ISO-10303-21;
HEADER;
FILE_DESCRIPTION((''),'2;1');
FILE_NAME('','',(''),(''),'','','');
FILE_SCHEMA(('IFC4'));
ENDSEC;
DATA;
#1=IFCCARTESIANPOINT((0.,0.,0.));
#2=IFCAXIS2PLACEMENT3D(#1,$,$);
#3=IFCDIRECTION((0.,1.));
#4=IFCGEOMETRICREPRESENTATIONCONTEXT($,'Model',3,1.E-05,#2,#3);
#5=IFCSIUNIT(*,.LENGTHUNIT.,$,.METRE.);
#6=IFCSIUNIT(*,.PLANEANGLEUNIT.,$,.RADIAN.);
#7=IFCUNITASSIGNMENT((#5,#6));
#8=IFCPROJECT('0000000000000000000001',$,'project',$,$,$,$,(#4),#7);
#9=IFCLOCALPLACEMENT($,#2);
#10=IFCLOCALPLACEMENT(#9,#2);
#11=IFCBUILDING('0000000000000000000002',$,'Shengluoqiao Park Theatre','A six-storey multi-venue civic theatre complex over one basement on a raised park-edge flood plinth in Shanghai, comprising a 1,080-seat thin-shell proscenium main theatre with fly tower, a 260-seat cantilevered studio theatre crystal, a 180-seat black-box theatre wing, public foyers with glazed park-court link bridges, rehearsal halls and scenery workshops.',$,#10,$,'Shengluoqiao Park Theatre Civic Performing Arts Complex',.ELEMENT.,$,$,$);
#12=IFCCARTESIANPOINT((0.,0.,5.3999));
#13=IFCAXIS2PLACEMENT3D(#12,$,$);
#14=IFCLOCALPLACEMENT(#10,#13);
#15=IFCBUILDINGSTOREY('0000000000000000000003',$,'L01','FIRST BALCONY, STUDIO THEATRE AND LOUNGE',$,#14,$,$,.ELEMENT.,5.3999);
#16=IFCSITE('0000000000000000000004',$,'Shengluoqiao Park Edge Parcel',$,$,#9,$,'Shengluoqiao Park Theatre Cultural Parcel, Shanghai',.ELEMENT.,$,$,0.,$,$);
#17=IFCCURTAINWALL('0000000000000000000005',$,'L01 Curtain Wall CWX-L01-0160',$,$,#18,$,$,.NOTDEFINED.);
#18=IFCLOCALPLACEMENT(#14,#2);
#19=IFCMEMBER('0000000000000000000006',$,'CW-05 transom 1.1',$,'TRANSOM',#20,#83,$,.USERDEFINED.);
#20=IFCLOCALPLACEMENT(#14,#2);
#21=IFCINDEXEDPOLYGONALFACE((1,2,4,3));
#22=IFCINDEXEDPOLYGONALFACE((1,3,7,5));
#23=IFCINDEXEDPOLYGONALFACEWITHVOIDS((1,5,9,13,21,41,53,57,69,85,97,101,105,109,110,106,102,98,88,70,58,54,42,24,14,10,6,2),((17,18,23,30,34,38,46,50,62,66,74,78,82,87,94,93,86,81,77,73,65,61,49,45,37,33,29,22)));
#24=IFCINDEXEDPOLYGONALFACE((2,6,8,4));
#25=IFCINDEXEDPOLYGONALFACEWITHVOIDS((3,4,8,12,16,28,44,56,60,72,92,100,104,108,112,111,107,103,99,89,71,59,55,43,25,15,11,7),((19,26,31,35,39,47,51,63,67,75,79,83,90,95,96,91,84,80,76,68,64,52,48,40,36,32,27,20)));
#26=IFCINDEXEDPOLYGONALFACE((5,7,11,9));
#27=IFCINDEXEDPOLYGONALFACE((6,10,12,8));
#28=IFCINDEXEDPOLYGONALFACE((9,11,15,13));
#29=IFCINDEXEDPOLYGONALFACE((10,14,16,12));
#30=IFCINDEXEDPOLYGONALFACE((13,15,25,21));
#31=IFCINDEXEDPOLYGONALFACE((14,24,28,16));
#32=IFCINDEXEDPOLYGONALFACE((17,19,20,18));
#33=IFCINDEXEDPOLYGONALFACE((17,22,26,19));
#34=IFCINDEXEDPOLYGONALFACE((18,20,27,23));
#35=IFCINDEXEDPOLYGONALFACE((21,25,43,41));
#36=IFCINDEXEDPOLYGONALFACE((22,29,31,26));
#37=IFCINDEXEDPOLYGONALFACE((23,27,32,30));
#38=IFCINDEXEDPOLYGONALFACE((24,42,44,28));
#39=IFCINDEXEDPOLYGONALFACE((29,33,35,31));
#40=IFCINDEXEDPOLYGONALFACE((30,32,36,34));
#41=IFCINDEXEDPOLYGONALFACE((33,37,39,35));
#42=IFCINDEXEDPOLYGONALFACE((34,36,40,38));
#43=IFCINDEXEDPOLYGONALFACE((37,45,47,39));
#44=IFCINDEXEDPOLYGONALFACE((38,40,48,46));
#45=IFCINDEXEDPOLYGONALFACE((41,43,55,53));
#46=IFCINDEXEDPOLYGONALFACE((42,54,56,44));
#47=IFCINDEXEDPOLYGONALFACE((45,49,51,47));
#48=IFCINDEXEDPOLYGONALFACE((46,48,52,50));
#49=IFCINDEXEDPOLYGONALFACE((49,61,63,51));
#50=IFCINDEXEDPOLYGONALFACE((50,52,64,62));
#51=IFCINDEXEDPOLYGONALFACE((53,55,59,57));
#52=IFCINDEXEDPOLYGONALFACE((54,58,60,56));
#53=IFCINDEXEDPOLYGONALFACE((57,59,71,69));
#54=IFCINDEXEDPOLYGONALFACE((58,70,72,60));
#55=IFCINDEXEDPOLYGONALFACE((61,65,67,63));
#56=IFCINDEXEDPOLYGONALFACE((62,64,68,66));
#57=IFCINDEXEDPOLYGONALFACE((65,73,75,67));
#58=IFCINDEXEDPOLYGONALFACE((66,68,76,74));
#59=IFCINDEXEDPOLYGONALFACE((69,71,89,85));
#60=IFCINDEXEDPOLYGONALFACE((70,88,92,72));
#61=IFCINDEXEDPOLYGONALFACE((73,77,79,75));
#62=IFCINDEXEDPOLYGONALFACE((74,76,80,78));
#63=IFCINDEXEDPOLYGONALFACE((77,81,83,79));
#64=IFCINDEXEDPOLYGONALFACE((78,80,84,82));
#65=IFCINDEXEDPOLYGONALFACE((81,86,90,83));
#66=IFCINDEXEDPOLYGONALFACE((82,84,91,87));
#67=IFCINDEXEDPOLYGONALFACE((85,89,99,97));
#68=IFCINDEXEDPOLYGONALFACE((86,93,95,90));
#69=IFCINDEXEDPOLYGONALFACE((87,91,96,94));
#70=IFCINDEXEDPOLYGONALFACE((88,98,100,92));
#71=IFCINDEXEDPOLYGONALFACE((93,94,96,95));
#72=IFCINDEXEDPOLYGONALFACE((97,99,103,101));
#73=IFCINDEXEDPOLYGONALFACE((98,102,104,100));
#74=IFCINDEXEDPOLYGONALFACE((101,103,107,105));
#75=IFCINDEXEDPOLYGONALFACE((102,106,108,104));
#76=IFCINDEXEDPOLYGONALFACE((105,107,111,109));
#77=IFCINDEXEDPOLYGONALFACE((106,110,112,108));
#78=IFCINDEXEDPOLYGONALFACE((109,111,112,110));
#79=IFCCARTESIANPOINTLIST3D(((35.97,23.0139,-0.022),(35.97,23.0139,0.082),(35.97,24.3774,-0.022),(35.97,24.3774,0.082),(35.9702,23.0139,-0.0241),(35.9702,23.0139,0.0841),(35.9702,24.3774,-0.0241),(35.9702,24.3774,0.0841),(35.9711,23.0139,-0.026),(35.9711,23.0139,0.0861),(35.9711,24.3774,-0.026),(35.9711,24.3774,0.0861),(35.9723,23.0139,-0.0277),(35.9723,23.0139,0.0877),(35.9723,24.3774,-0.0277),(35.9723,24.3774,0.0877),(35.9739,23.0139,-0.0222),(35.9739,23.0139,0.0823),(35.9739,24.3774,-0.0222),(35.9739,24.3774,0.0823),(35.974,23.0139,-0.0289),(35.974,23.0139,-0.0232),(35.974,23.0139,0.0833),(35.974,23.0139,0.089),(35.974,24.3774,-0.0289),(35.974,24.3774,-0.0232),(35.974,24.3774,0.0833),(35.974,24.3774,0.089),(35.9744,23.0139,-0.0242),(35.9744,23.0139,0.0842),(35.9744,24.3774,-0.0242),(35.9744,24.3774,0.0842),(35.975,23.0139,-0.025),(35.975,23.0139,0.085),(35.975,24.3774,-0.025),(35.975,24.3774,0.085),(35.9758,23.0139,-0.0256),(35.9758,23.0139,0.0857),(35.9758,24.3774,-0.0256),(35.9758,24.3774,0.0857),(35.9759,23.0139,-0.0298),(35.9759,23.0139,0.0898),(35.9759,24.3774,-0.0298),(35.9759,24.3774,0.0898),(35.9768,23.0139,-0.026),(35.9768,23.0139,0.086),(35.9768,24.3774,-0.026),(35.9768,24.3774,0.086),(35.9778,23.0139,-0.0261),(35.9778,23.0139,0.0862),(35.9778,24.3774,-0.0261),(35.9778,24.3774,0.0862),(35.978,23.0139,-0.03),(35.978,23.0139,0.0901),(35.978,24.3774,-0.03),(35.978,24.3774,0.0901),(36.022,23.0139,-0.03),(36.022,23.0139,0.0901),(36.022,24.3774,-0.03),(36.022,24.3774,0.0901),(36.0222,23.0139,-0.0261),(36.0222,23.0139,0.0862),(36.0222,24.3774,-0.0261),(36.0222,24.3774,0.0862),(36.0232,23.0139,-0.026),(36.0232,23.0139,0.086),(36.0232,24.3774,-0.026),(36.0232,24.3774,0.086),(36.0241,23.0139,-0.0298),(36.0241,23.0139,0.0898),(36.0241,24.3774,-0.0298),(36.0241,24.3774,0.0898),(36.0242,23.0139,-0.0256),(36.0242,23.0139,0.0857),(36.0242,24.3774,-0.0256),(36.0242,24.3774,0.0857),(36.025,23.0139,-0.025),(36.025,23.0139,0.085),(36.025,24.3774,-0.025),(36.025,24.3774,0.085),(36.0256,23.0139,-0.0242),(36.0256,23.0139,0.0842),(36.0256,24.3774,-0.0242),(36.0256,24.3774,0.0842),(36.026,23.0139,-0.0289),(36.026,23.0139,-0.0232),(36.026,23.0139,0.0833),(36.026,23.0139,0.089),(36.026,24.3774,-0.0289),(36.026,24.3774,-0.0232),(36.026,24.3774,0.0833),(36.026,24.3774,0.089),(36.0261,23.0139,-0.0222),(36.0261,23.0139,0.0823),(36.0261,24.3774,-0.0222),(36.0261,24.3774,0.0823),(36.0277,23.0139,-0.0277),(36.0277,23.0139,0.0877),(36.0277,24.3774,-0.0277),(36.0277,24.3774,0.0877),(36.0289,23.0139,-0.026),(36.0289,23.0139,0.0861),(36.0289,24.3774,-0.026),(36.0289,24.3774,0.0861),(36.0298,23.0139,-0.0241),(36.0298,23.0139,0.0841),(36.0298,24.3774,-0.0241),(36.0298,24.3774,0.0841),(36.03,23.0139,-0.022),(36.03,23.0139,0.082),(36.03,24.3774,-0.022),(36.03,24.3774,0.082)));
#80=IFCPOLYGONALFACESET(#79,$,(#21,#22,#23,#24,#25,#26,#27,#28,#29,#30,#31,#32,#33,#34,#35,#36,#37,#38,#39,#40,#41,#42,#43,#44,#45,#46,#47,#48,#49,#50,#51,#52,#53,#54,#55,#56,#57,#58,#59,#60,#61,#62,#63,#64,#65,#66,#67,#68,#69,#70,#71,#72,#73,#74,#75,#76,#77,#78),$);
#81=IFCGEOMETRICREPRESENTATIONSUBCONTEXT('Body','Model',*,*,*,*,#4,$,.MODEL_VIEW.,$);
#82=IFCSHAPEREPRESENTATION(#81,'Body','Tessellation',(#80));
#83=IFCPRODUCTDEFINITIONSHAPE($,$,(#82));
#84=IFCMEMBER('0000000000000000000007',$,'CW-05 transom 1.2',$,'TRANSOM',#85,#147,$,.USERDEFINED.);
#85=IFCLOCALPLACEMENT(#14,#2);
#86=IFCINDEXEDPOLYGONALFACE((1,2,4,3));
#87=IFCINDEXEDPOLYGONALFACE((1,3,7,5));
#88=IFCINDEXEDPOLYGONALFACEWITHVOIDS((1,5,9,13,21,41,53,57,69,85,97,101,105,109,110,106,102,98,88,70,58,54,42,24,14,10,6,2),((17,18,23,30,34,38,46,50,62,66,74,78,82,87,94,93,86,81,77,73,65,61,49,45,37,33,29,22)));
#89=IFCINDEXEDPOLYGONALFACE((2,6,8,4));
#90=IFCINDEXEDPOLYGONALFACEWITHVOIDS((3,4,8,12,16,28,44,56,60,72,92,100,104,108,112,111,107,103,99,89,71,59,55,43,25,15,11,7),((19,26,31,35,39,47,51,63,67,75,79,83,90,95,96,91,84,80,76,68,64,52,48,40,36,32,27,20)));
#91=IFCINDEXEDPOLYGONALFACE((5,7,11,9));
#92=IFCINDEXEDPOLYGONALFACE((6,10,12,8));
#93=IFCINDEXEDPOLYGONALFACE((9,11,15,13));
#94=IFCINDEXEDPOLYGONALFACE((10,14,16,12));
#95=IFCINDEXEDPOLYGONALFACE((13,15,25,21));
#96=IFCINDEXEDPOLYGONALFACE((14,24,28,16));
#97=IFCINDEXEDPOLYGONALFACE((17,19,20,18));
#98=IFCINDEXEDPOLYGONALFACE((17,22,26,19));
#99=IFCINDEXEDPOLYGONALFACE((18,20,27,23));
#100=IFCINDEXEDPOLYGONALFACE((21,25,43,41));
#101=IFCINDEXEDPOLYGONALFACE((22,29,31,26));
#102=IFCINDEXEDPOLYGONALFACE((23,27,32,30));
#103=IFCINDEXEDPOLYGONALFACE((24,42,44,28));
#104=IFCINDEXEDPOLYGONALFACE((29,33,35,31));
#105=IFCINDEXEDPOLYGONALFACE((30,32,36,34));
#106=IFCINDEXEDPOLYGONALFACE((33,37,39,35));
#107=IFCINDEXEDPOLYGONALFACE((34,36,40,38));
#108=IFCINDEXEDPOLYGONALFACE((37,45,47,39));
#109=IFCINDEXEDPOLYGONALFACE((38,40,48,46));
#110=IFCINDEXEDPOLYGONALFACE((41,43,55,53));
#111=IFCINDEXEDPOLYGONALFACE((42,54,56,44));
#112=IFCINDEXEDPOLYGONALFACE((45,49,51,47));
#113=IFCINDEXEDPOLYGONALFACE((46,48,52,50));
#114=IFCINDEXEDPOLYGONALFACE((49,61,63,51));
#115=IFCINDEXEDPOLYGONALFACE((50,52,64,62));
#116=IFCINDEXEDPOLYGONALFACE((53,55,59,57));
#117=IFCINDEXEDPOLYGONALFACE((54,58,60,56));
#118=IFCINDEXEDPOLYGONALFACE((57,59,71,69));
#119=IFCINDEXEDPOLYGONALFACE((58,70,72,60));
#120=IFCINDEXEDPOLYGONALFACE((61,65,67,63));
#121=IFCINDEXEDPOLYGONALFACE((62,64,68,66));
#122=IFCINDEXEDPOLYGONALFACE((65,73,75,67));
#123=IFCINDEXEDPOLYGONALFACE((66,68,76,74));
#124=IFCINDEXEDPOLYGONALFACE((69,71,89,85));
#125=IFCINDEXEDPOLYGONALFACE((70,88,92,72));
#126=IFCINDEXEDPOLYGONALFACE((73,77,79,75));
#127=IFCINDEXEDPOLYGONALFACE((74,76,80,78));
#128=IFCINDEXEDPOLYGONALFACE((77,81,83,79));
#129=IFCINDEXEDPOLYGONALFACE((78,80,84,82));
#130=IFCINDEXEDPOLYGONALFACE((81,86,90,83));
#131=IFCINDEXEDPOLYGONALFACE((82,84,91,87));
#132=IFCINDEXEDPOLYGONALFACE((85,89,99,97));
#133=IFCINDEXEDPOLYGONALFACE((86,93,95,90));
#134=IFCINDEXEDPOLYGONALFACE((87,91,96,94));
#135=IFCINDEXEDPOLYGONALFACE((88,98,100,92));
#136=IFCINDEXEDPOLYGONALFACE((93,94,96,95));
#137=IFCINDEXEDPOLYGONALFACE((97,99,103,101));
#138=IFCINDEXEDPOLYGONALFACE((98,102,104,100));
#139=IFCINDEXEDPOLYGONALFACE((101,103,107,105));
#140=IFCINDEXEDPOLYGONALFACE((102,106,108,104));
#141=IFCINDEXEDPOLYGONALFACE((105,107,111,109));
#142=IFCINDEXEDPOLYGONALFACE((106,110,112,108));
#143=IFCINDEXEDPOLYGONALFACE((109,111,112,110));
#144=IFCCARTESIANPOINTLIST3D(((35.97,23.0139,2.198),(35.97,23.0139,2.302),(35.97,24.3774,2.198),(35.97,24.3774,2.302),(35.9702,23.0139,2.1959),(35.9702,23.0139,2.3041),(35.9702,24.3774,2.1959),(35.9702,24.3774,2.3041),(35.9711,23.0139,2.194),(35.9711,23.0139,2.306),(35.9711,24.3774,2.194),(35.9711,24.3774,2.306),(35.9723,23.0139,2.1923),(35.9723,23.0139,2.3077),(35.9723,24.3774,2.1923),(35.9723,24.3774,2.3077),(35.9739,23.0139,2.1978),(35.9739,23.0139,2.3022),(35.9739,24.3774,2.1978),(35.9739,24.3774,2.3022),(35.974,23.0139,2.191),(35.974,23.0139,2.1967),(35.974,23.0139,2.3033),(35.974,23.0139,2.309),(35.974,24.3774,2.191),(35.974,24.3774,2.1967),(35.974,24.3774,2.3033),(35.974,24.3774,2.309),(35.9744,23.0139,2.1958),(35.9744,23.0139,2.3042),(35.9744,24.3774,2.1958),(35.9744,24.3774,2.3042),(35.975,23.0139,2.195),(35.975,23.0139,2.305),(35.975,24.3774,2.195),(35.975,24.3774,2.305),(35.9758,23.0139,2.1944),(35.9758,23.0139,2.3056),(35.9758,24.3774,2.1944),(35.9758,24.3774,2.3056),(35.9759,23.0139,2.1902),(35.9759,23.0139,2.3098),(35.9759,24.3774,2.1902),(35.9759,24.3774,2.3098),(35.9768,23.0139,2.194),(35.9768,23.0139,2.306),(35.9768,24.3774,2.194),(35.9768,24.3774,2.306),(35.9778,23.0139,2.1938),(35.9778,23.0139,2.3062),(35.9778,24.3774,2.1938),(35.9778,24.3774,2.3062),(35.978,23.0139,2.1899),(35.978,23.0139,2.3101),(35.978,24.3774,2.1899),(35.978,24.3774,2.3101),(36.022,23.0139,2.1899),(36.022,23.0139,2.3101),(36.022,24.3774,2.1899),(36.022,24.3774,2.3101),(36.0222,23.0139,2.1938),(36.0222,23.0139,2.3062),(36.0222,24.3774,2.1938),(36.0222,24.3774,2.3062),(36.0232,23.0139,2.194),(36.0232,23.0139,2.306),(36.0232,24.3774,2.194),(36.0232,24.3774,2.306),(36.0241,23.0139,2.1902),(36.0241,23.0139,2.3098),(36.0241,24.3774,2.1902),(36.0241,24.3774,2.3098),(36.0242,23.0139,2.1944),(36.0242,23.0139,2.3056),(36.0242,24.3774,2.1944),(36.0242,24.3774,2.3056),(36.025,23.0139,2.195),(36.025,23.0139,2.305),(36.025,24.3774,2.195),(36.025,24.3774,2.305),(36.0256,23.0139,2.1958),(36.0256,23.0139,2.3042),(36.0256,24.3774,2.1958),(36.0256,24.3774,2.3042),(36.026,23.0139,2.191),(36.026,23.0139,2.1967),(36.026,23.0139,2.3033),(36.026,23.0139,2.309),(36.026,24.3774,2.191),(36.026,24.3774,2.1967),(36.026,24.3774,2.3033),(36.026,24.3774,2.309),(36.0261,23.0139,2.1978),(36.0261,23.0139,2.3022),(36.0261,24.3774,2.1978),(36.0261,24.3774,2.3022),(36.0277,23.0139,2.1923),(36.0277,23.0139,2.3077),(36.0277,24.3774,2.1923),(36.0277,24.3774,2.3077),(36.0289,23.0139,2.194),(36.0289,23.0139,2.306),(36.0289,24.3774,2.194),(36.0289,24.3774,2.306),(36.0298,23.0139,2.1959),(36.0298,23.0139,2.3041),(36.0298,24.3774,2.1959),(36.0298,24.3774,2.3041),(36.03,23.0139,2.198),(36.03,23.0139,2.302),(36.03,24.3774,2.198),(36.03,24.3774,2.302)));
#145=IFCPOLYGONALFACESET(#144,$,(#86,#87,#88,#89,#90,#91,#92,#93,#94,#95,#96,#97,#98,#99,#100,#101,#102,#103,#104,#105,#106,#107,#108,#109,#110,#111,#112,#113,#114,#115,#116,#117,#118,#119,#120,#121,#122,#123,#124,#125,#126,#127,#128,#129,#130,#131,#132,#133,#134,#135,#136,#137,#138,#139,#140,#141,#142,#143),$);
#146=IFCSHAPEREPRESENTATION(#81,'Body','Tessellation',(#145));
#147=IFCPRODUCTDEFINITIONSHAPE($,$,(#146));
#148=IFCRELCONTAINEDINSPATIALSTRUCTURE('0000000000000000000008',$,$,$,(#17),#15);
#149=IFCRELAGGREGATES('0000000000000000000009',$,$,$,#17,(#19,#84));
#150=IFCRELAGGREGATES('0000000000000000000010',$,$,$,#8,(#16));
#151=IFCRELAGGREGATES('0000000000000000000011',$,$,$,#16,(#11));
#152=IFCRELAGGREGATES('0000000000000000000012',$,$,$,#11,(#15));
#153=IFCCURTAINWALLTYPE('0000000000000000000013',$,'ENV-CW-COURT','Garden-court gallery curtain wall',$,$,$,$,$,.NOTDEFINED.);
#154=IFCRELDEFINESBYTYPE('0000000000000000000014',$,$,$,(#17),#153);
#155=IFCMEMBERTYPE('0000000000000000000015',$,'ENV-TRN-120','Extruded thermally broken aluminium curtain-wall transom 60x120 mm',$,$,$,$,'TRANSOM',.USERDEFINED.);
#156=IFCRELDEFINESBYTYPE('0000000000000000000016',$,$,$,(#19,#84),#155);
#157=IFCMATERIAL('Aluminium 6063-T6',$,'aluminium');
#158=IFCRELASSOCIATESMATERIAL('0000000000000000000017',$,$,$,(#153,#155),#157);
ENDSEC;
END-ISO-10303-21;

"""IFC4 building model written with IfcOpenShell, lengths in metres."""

from ifc_helpers import new_model, si_unit, direction, frame, origin, origin_2d, place, context, subcontext, project, spatial, hollow_rectangle, extrude, material, material_profile, profile_set, type_object, element, aggregate, save


model = new_model("IFC4")

# Units and contexts
model_context = context("Model", 3, precision=1e-05, world=origin(), true_north=direction((0.0, 1.0)))
body_context = subcontext(model_context, "Body", "Model", "MODEL_VIEW")
ifc_project = project(units=[si_unit("LENGTHUNIT", "METRE"), si_unit("PLANEANGLEUNIT", "RADIAN")], contexts=[model_context])

# Site, building, storey
site_placement = place(None, origin())
site = spatial("IfcSite", under=ifc_project, at=site_placement, Name="Shengluoqiao Park Edge Parcel", LongName="Shengluoqiao Park Theatre Cultural Parcel, Shanghai", CompositionType="ELEMENT", RefElevation=0.0)
building_placement = place(site_placement, origin())
building = spatial("IfcBuilding", under=site, at=building_placement, Name="Shengluoqiao Park Theatre", Description="A six-storey multi-venue civic theatre complex over one basement on a raised park-edge flood plinth in Shanghai, comprising a 1,080-seat thin-shell proscenium main theatre with fly tower, a 260-seat cantilevered studio theatre crystal, a 180-seat black-box theatre wing, public foyers with glazed park-court link bridges, rehearsal halls and scenery workshops.", LongName="Shengluoqiao Park Theatre Civic Performing Arts Complex", CompositionType="ELEMENT")
storey_placement = place(building_placement, frame((0.0, 0.0, 5.3999)))
storey = spatial("IfcBuildingStorey", under=building, at=storey_placement, Name="L01", Description="FIRST BALCONY, STUDIO THEATRE AND LOUNGE", CompositionType="ELEMENT", Elevation=5.3999)

# Curtain wall
ifc_material_1 = material(Name="Aluminium 6063-T6", Category="aluminium")
curtain_wall_type_1 = type_object("IfcCurtainWallType", Name="ENV-CW-COURT", Description="Garden-court gallery curtain wall", PredefinedType="NOTDEFINED", material=ifc_material_1)
curtain_wall_1_placement = place(storey_placement, origin())
curtain_wall_1 = element("IfcCurtainWall", 1, at=curtain_wall_1_placement, inside=storey, type_object=curtain_wall_type_1, Name="L01 Curtain Wall CWX-L01-0160", PredefinedType="NOTDEFINED")
ifc_material_profile_1 = material_profile(ifc_material_1, hollow_rectangle(XDim=0.0601, YDim=0.1201, WallThickness=0.0039, InnerFilletRadius=0.0039, OuterFilletRadius=0.0081, at=origin_2d()), Name="ALU TRANSOM 120x60x4")
ifc_profile_set_1 = profile_set([ifc_material_profile_1], Name="Aluminium 6063-T6")
member_type_1 = type_object("IfcMemberType", Name="ENV-TRN-120", Description="Extruded thermally broken aluminium curtain-wall transom 60x120 mm", ElementType="TRANSOM", PredefinedType="USERDEFINED", material=ifc_profile_set_1)

# Members
member_1_placement = place(storey_placement, frame((36.0, 23.0139, 0.03), z_axis=(0.0, 1.0, 0.0), x_axis=(-1.0, 0.0, 0.0)))
member_1 = element("IfcMember", 2, at=member_1_placement, type_object=member_type_1, Name="CW-05 transom 1.1", ObjectType="TRANSOM", PredefinedType="USERDEFINED", context=body_context, shape_type="SweptSolid", body=[
    extrude(hollow_rectangle(XDim=0.0601, YDim=0.1201, WallThickness=0.0039, InnerFilletRadius=0.0039, OuterFilletRadius=0.0081, at=origin_2d()), origin(), (0.0, 0.0, 1.0), 1.3635),
])
member_2_placement = place(storey_placement, frame((36.0, 23.0139, 2.25), z_axis=(0.0, 1.0, 0.0), x_axis=(-1.0, 0.0, 0.0)))
member_2 = element("IfcMember", 3, at=member_2_placement, type_object=member_type_1, Name="CW-05 transom 1.2", ObjectType="TRANSOM", PredefinedType="USERDEFINED", context=body_context, shape_type="SweptSolid", body=[
    extrude(hollow_rectangle(XDim=0.0601, YDim=0.1201, WallThickness=0.0039, InnerFilletRadius=0.0039, OuterFilletRadius=0.0081, at=origin_2d()), origin(), (0.0, 0.0, 1.0), 1.3635),
])

aggregate(curtain_wall_1, [member_1, member_2])

save(model, "model.ifc")
